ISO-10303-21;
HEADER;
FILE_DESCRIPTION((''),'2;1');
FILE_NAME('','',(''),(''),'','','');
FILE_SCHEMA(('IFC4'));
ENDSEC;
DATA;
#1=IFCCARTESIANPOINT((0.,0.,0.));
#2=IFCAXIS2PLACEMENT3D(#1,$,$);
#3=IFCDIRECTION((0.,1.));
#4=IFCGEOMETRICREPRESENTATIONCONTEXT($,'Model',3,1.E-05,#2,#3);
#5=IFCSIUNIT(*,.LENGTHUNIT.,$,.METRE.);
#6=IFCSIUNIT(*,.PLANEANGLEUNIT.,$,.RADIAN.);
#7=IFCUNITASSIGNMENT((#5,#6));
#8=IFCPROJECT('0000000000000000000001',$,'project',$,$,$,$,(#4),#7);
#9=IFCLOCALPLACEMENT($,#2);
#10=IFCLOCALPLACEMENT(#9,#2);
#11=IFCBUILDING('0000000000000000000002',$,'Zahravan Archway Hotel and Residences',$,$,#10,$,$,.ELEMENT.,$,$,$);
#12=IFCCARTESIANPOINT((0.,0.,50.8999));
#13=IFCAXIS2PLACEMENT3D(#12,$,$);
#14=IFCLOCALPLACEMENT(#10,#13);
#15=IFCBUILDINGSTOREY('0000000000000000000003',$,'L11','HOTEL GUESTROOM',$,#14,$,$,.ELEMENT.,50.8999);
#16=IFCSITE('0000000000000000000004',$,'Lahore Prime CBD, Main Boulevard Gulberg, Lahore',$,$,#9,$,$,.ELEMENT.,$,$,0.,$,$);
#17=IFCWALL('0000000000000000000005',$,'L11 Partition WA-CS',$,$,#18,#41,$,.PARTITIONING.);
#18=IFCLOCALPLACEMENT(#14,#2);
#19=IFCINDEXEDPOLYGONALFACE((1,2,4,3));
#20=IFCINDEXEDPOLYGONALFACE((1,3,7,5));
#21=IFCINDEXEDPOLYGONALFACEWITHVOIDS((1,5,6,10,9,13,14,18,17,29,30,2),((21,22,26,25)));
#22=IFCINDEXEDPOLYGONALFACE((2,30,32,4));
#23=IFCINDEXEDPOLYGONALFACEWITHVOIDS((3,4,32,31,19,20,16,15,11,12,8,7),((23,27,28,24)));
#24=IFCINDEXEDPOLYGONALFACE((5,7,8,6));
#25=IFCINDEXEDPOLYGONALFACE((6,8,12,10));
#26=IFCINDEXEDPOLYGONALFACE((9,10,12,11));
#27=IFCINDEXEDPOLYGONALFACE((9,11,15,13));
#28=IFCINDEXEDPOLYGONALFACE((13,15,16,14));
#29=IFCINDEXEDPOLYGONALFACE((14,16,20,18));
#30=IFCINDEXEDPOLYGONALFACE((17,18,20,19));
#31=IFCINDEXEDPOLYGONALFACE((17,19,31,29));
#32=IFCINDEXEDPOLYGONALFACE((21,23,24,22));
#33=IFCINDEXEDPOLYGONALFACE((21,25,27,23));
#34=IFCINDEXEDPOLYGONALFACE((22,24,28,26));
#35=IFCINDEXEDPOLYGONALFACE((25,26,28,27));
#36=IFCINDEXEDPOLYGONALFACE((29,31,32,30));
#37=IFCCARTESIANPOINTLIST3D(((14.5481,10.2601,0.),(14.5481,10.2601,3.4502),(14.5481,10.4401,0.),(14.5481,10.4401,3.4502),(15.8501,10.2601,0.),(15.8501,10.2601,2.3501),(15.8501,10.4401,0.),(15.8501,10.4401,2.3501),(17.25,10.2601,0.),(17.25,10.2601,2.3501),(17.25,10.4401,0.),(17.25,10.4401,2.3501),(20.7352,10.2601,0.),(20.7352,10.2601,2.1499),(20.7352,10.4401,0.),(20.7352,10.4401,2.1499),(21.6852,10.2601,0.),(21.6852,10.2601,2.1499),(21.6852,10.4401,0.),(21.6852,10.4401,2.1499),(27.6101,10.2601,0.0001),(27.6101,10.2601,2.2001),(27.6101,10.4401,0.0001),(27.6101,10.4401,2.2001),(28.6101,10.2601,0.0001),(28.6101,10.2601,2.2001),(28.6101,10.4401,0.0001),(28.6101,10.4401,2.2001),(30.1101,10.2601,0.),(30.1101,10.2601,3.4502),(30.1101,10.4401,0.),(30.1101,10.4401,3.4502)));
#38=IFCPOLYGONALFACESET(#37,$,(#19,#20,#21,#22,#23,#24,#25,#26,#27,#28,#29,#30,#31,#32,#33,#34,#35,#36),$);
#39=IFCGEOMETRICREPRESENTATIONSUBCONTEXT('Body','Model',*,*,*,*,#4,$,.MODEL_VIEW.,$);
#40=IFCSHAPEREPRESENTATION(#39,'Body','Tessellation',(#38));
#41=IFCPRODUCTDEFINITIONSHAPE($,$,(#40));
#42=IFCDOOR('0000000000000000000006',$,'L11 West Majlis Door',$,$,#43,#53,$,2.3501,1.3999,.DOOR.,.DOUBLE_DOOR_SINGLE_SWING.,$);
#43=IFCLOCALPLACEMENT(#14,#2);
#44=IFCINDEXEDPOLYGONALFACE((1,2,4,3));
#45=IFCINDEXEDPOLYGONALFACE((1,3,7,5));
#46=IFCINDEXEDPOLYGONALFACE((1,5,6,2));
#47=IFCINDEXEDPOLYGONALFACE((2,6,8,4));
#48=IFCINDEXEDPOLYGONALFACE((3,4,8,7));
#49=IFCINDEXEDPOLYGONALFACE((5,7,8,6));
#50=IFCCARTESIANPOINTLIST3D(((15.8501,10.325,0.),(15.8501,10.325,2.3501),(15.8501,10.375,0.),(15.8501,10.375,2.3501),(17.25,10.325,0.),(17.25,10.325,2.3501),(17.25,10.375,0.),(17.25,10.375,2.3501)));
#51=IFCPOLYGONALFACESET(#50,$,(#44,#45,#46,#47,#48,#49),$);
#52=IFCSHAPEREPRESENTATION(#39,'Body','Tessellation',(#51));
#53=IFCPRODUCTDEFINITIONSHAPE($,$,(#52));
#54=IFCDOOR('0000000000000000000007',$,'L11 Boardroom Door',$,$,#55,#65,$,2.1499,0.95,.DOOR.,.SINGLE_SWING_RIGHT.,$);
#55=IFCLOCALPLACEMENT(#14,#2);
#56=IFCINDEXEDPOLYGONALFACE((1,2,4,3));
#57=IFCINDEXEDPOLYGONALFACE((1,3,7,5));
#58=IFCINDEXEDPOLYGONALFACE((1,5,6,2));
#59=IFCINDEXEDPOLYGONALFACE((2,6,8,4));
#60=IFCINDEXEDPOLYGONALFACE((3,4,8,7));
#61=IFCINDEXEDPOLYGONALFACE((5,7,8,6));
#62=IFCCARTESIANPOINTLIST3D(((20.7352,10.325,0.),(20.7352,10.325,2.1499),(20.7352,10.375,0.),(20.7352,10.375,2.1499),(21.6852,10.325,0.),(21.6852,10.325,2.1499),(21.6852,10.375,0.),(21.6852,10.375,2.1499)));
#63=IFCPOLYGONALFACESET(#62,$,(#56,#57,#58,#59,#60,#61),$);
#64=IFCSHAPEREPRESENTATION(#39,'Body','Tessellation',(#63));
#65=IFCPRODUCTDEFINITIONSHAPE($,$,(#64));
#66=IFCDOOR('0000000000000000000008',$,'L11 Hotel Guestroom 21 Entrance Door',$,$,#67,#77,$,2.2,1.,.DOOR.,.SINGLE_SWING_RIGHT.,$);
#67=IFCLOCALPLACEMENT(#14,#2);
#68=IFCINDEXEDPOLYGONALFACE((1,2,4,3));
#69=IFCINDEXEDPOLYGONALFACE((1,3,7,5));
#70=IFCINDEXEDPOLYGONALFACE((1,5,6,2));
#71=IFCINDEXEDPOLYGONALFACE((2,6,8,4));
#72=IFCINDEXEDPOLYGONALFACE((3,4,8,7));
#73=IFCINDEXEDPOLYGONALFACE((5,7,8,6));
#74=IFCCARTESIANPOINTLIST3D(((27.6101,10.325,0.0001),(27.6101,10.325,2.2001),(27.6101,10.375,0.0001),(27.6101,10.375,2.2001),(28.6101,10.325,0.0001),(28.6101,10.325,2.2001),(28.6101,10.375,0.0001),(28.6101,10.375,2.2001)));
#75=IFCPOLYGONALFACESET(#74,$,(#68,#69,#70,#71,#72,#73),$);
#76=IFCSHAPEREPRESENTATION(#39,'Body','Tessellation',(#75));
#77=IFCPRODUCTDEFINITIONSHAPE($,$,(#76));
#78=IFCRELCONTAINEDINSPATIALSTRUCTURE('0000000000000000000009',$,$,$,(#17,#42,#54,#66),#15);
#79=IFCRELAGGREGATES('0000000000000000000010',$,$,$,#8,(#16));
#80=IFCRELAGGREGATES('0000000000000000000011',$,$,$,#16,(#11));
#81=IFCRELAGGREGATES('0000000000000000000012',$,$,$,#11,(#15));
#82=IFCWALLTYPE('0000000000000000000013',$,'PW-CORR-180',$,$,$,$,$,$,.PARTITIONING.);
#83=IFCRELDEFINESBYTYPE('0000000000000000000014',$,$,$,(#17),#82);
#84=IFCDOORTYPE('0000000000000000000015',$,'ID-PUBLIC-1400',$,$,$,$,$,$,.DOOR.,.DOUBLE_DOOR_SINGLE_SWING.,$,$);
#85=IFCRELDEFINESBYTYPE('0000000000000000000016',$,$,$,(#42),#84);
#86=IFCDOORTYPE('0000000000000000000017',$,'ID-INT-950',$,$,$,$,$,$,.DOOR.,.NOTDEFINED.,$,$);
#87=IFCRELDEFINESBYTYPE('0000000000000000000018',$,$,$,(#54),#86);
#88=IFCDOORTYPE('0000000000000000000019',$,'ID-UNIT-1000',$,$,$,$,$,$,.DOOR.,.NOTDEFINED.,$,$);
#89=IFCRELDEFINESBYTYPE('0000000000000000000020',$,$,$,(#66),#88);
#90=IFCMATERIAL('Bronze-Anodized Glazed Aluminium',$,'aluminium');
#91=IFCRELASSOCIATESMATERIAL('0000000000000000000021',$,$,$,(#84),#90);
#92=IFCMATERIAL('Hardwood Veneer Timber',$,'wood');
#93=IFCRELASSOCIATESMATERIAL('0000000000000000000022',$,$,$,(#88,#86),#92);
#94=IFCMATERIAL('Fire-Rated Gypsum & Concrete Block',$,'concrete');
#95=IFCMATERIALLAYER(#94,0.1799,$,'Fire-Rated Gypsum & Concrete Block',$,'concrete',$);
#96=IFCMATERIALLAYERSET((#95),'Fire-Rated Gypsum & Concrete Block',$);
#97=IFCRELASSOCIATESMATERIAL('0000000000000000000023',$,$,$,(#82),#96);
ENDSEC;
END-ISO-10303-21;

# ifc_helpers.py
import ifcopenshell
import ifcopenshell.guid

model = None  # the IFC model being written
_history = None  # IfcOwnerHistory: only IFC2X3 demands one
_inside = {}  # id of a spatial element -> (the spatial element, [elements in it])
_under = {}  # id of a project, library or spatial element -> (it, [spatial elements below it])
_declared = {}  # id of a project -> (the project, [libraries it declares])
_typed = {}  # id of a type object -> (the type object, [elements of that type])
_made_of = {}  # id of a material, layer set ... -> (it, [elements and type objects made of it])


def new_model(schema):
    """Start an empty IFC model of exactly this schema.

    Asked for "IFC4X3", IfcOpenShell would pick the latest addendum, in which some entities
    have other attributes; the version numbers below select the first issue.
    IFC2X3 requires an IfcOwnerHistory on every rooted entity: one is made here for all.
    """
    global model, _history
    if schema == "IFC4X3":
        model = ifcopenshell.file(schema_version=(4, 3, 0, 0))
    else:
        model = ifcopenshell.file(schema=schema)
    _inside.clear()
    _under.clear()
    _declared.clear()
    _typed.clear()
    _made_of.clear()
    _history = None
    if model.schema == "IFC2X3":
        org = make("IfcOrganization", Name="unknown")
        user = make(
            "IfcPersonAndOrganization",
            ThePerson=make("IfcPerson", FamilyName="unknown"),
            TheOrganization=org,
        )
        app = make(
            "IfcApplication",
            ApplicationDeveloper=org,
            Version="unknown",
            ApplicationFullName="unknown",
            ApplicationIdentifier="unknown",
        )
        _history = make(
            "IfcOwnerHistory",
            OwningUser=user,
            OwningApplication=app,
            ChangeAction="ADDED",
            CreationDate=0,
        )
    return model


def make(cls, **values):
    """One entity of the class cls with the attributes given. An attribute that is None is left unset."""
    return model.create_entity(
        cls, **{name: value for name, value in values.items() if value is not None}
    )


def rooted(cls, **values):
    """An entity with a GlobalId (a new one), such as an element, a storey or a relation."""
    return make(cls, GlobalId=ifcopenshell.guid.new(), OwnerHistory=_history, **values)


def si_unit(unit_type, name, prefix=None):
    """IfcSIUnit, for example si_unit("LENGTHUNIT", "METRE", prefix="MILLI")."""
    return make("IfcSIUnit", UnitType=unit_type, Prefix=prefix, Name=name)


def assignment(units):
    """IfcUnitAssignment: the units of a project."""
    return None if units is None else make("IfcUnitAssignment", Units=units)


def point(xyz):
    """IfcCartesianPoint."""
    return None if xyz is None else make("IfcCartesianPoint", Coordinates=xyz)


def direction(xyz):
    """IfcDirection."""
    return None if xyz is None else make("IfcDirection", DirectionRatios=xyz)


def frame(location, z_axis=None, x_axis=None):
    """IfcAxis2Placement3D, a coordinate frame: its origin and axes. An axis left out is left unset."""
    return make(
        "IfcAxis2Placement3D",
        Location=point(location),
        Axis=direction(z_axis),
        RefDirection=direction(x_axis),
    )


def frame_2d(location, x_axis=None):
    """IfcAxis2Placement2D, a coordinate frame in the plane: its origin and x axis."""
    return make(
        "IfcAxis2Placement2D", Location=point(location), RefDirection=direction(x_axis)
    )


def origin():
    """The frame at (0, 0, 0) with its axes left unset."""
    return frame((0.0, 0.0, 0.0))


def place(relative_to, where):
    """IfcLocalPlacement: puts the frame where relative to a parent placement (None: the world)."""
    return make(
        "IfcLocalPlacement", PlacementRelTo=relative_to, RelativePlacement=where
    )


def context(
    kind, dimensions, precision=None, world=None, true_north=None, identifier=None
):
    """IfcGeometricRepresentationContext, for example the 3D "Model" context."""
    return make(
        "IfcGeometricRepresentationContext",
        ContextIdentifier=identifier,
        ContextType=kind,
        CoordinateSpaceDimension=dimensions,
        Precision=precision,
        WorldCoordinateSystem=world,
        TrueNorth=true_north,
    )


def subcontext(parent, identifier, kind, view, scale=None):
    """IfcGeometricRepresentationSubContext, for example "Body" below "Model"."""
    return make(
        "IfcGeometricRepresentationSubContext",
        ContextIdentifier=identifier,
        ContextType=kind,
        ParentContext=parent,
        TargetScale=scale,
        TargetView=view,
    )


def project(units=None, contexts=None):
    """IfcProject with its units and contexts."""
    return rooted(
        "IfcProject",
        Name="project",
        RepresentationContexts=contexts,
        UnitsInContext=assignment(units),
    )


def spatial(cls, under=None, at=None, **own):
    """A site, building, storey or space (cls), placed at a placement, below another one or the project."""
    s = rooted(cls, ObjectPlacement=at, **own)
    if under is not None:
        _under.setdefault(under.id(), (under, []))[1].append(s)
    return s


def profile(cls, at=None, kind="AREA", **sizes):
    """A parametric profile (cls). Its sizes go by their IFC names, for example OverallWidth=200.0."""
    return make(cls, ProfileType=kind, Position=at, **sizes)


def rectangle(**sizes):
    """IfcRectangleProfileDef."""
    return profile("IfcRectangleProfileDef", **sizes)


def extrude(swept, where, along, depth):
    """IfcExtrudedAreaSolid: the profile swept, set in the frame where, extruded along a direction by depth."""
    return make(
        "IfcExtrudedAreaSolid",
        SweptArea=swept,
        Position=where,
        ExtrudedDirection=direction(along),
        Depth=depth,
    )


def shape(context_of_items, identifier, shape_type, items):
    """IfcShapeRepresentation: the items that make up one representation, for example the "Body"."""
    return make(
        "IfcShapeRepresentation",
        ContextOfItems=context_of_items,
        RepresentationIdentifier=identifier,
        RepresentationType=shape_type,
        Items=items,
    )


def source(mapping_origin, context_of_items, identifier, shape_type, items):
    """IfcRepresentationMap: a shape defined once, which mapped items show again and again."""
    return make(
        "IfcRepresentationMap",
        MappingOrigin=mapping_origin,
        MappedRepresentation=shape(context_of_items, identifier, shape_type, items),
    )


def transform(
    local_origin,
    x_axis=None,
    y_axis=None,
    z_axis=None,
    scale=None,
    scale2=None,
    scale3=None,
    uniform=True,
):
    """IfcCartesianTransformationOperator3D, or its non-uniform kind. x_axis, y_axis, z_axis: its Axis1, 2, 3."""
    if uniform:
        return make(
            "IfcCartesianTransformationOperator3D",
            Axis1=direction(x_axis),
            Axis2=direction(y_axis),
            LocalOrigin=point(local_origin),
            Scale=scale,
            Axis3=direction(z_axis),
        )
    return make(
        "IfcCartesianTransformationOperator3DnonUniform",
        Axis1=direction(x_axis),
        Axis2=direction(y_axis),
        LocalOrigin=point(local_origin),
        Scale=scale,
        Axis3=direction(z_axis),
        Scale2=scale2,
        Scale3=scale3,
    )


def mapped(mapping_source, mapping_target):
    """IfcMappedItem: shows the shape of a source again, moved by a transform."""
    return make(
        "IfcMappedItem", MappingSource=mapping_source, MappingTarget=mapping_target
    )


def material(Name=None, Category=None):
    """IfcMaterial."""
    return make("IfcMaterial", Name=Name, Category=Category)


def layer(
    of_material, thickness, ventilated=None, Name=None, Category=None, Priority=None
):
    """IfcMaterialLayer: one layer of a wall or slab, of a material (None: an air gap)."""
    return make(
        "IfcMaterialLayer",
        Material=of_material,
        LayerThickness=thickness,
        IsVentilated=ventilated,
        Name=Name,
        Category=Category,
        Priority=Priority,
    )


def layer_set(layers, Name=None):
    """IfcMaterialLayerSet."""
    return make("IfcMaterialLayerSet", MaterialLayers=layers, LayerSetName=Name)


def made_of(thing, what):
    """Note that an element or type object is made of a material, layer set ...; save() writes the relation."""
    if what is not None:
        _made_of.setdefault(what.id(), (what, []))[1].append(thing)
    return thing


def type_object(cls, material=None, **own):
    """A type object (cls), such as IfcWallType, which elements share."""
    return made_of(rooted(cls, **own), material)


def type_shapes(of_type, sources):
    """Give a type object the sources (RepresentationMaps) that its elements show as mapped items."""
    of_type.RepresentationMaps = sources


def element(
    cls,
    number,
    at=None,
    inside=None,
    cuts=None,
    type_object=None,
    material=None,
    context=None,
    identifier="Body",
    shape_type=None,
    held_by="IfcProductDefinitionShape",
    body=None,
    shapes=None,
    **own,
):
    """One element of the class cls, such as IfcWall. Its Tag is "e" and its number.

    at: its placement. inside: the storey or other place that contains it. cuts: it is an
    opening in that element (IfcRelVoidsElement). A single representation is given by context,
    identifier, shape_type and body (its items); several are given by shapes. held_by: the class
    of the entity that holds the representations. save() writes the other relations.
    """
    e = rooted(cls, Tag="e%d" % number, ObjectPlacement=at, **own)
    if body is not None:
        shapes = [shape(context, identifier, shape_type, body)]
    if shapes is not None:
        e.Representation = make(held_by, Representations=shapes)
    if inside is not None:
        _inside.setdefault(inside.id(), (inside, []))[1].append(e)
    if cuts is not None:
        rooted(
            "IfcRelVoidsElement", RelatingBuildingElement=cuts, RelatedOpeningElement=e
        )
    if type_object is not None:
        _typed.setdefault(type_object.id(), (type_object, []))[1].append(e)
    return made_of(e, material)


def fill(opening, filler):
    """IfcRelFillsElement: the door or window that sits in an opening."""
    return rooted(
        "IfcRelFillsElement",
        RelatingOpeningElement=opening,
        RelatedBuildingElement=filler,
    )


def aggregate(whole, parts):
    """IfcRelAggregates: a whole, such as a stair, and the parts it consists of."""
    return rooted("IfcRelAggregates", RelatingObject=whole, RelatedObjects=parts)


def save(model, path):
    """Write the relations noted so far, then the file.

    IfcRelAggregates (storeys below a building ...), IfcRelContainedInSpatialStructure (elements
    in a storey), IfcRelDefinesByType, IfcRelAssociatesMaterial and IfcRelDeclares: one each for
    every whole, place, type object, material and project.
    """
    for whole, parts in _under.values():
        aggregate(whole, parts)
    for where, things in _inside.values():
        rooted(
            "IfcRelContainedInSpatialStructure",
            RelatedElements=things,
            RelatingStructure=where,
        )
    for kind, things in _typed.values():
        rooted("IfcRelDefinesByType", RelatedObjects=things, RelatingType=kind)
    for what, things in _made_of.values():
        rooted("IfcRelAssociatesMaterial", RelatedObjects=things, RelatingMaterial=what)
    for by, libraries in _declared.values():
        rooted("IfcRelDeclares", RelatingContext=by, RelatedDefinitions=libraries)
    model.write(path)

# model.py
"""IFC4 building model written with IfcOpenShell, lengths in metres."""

from ifc_helpers import new_model, si_unit, direction, frame, frame_2d, origin, place, context, subcontext, project, spatial, rectangle, extrude, source, transform, mapped, material, layer, layer_set, type_object, type_shapes, element, fill, save


model = new_model("IFC4")

# Units and contexts
model_context = context("Model", 3, precision=1e-05, world=origin(), true_north=direction((0.0, 1.0)))
body_context = subcontext(model_context, "Body", "Model", "MODEL_VIEW")
ifc_project = project(units=[si_unit("LENGTHUNIT", "METRE"), si_unit("PLANEANGLEUNIT", "RADIAN")], contexts=[model_context])

# Site, building, storey
site_placement = place(None, origin())
site = spatial("IfcSite", under=ifc_project, at=site_placement, Name="Lahore Prime CBD, Main Boulevard Gulberg, Lahore", CompositionType="ELEMENT", RefElevation=0.0)
building_placement = place(site_placement, origin())
building = spatial("IfcBuilding", under=site, at=building_placement, Name="Zahravan Archway Hotel and Residences", CompositionType="ELEMENT")
storey_placement = place(building_placement, frame((0.0, 0.0, 50.8999)))
storey = spatial("IfcBuildingStorey", under=building, at=storey_placement, Name="L11", Description="HOTEL GUESTROOM", CompositionType="ELEMENT", Elevation=50.8999)

# Wall, openings, doors
ifc_material_1 = material(Name="Fire-Rated Gypsum & Concrete Block", Category="concrete")
ifc_material_2 = material(Name="Bronze-Anodized Glazed Aluminium", Category="aluminium")
door_type_1 = type_object("IfcDoorType", Name="ID-PUBLIC-1400", OperationType="DOUBLE_DOOR_SINGLE_SWING", PredefinedType="DOOR", material=ifc_material_2)
shared_shape_1 = source(origin(), body_context, "Body", "SweptSolid", [
    extrude(rectangle(XDim=1.3999, YDim=2.3501, at=frame_2d((0.7, 1.175))), frame((0.0, 0.0249, 0.0), z_axis=(0.0, -1.0, 0.0), x_axis=(1.0, 0.0, 0.0)), (0.0, 0.0, 1.0), 0.05),
])
type_shapes(door_type_1, [shared_shape_1])
ifc_material_3 = material(Name="Hardwood Veneer Timber", Category="wood")
door_type_2 = type_object("IfcDoorType", Name="ID-UNIT-1000", OperationType="NOTDEFINED", PredefinedType="DOOR", material=ifc_material_3)
shared_shape_2 = source(origin(), body_context, "Body", "SweptSolid", [
    extrude(rectangle(XDim=1.0, YDim=2.2, at=frame_2d((0.5, 1.1001))), frame((0.0, 0.0249, 0.0), z_axis=(0.0, -1.0, 0.0), x_axis=(1.0, 0.0, 0.0)), (0.0, 0.0, 1.0), 0.05),
])
type_shapes(door_type_2, [shared_shape_2])
ifc_layer_1 = layer(ifc_material_1, 0.1799, Name="Fire-Rated Gypsum & Concrete Block", Category="concrete")
ifc_layer_set_1 = layer_set([ifc_layer_1], Name="Fire-Rated Gypsum & Concrete Block")
wall_type_1 = type_object("IfcWallType", Name="PW-CORR-180", PredefinedType="PARTITIONING", material=ifc_layer_set_1)
wall_1_placement = place(storey_placement, frame((14.5481, 10.3501, 0.0), z_axis=(0.0, 0.0, 1.0), x_axis=(1.0, 0.0, 0.0)))
wall_1 = element("IfcWall", 1, at=wall_1_placement, inside=storey, type_object=wall_type_1, Name="L11 Partition WA-CS", PredefinedType="PARTITIONING", context=body_context, shape_type="SweptSolid", body=[
    extrude(rectangle(XDim=15.562, YDim=0.1799, at=frame_2d((7.781, 0.0))), origin(), (0.0, 0.0, 1.0), 3.4502),
])
opening_1_placement = place(wall_1_placement, frame((1.302, 0.0, 0.0)))
opening_1 = element("IfcOpeningElement", 2, at=opening_1_placement, cuts=wall_1, PredefinedType="OPENING", context=body_context, shape_type="SweptSolid", body=[
    extrude(rectangle(XDim=1.3999, YDim=2.3501, at=frame_2d((0.7, 1.175))), frame((0.0, 0.1001, 0.0), z_axis=(0.0, -1.0, 0.0), x_axis=(1.0, 0.0, 0.0)), (0.0, 0.0, 1.0), 0.2),
])
opening_2_placement = place(wall_1_placement, frame((6.187, 0.0, 0.0)))
opening_2 = element("IfcOpeningElement", 3, at=opening_2_placement, cuts=wall_1, PredefinedType="OPENING", context=body_context, shape_type="SweptSolid", body=[
    extrude(rectangle(XDim=0.95, YDim=2.1499, at=frame_2d((0.4751, 1.075))), frame((0.0, 0.1001, 0.0), z_axis=(0.0, -1.0, 0.0), x_axis=(1.0, 0.0, 0.0)), (0.0, 0.0, 1.0), 0.2),
])
opening_3_placement = place(wall_1_placement, frame((13.062, 0.0, 0.0)))
opening_3 = element("IfcOpeningElement", 4, at=opening_3_placement, cuts=wall_1, PredefinedType="OPENING", context=body_context, shape_type="SweptSolid", body=[
    extrude(rectangle(XDim=1.0, YDim=2.2, at=frame_2d((0.5, 1.1001))), frame((0.0, 0.1001, 0.0), z_axis=(0.0, -1.0, 0.0), x_axis=(1.0, 0.0, 0.0)), (0.0, 0.0, 1.0), 0.2),
])
door_1_placement = place(opening_1_placement, origin())
door_1 = element("IfcDoor", 5, at=door_1_placement, inside=storey, type_object=door_type_1, Name="L11 West Majlis Door", OperationType="DOUBLE_DOOR_SINGLE_SWING", OverallHeight=2.3501, OverallWidth=1.3999, PredefinedType="DOOR", context=body_context, shape_type="MappedRepresentation", body=[
    mapped(shared_shape_1, transform((0.0, 0.0, 0.0), scale=1.0)),
])
fill(opening_1, door_1)
door_type_3 = type_object("IfcDoorType", Name="ID-INT-950", OperationType="NOTDEFINED", PredefinedType="DOOR", material=ifc_material_3)
shared_shape_3 = source(origin(), body_context, "Body", "SweptSolid", [
    extrude(rectangle(XDim=0.95, YDim=2.1499, at=frame_2d((0.4751, 1.075))), frame((0.0, 0.0249, 0.0), z_axis=(0.0, -1.0, 0.0), x_axis=(1.0, 0.0, 0.0)), (0.0, 0.0, 1.0), 0.05),
])
type_shapes(door_type_3, [shared_shape_3])
door_2_placement = place(opening_2_placement, origin())
door_2 = element("IfcDoor", 6, at=door_2_placement, inside=storey, type_object=door_type_3, Name="L11 Boardroom Door", OperationType="SINGLE_SWING_RIGHT", OverallHeight=2.1499, OverallWidth=0.95, PredefinedType="DOOR", context=body_context, shape_type="MappedRepresentation", body=[
    mapped(shared_shape_3, transform((0.0, 0.0, 0.0), scale=1.0)),
])
fill(opening_2, door_2)
door_3_placement = place(opening_3_placement, origin())
door_3 = element("IfcDoor", 7, at=door_3_placement, inside=storey, type_object=door_type_2, Name="L11 Hotel Guestroom 21 Entrance Door", OperationType="SINGLE_SWING_RIGHT", OverallHeight=2.2, OverallWidth=1.0, PredefinedType="DOOR", context=body_context, shape_type="MappedRepresentation", body=[
    mapped(shared_shape_2, transform((0.0, 0.0, 0.0), scale=1.0)),
])
fill(opening_3, door_3)

save(model, "model.ifc")
